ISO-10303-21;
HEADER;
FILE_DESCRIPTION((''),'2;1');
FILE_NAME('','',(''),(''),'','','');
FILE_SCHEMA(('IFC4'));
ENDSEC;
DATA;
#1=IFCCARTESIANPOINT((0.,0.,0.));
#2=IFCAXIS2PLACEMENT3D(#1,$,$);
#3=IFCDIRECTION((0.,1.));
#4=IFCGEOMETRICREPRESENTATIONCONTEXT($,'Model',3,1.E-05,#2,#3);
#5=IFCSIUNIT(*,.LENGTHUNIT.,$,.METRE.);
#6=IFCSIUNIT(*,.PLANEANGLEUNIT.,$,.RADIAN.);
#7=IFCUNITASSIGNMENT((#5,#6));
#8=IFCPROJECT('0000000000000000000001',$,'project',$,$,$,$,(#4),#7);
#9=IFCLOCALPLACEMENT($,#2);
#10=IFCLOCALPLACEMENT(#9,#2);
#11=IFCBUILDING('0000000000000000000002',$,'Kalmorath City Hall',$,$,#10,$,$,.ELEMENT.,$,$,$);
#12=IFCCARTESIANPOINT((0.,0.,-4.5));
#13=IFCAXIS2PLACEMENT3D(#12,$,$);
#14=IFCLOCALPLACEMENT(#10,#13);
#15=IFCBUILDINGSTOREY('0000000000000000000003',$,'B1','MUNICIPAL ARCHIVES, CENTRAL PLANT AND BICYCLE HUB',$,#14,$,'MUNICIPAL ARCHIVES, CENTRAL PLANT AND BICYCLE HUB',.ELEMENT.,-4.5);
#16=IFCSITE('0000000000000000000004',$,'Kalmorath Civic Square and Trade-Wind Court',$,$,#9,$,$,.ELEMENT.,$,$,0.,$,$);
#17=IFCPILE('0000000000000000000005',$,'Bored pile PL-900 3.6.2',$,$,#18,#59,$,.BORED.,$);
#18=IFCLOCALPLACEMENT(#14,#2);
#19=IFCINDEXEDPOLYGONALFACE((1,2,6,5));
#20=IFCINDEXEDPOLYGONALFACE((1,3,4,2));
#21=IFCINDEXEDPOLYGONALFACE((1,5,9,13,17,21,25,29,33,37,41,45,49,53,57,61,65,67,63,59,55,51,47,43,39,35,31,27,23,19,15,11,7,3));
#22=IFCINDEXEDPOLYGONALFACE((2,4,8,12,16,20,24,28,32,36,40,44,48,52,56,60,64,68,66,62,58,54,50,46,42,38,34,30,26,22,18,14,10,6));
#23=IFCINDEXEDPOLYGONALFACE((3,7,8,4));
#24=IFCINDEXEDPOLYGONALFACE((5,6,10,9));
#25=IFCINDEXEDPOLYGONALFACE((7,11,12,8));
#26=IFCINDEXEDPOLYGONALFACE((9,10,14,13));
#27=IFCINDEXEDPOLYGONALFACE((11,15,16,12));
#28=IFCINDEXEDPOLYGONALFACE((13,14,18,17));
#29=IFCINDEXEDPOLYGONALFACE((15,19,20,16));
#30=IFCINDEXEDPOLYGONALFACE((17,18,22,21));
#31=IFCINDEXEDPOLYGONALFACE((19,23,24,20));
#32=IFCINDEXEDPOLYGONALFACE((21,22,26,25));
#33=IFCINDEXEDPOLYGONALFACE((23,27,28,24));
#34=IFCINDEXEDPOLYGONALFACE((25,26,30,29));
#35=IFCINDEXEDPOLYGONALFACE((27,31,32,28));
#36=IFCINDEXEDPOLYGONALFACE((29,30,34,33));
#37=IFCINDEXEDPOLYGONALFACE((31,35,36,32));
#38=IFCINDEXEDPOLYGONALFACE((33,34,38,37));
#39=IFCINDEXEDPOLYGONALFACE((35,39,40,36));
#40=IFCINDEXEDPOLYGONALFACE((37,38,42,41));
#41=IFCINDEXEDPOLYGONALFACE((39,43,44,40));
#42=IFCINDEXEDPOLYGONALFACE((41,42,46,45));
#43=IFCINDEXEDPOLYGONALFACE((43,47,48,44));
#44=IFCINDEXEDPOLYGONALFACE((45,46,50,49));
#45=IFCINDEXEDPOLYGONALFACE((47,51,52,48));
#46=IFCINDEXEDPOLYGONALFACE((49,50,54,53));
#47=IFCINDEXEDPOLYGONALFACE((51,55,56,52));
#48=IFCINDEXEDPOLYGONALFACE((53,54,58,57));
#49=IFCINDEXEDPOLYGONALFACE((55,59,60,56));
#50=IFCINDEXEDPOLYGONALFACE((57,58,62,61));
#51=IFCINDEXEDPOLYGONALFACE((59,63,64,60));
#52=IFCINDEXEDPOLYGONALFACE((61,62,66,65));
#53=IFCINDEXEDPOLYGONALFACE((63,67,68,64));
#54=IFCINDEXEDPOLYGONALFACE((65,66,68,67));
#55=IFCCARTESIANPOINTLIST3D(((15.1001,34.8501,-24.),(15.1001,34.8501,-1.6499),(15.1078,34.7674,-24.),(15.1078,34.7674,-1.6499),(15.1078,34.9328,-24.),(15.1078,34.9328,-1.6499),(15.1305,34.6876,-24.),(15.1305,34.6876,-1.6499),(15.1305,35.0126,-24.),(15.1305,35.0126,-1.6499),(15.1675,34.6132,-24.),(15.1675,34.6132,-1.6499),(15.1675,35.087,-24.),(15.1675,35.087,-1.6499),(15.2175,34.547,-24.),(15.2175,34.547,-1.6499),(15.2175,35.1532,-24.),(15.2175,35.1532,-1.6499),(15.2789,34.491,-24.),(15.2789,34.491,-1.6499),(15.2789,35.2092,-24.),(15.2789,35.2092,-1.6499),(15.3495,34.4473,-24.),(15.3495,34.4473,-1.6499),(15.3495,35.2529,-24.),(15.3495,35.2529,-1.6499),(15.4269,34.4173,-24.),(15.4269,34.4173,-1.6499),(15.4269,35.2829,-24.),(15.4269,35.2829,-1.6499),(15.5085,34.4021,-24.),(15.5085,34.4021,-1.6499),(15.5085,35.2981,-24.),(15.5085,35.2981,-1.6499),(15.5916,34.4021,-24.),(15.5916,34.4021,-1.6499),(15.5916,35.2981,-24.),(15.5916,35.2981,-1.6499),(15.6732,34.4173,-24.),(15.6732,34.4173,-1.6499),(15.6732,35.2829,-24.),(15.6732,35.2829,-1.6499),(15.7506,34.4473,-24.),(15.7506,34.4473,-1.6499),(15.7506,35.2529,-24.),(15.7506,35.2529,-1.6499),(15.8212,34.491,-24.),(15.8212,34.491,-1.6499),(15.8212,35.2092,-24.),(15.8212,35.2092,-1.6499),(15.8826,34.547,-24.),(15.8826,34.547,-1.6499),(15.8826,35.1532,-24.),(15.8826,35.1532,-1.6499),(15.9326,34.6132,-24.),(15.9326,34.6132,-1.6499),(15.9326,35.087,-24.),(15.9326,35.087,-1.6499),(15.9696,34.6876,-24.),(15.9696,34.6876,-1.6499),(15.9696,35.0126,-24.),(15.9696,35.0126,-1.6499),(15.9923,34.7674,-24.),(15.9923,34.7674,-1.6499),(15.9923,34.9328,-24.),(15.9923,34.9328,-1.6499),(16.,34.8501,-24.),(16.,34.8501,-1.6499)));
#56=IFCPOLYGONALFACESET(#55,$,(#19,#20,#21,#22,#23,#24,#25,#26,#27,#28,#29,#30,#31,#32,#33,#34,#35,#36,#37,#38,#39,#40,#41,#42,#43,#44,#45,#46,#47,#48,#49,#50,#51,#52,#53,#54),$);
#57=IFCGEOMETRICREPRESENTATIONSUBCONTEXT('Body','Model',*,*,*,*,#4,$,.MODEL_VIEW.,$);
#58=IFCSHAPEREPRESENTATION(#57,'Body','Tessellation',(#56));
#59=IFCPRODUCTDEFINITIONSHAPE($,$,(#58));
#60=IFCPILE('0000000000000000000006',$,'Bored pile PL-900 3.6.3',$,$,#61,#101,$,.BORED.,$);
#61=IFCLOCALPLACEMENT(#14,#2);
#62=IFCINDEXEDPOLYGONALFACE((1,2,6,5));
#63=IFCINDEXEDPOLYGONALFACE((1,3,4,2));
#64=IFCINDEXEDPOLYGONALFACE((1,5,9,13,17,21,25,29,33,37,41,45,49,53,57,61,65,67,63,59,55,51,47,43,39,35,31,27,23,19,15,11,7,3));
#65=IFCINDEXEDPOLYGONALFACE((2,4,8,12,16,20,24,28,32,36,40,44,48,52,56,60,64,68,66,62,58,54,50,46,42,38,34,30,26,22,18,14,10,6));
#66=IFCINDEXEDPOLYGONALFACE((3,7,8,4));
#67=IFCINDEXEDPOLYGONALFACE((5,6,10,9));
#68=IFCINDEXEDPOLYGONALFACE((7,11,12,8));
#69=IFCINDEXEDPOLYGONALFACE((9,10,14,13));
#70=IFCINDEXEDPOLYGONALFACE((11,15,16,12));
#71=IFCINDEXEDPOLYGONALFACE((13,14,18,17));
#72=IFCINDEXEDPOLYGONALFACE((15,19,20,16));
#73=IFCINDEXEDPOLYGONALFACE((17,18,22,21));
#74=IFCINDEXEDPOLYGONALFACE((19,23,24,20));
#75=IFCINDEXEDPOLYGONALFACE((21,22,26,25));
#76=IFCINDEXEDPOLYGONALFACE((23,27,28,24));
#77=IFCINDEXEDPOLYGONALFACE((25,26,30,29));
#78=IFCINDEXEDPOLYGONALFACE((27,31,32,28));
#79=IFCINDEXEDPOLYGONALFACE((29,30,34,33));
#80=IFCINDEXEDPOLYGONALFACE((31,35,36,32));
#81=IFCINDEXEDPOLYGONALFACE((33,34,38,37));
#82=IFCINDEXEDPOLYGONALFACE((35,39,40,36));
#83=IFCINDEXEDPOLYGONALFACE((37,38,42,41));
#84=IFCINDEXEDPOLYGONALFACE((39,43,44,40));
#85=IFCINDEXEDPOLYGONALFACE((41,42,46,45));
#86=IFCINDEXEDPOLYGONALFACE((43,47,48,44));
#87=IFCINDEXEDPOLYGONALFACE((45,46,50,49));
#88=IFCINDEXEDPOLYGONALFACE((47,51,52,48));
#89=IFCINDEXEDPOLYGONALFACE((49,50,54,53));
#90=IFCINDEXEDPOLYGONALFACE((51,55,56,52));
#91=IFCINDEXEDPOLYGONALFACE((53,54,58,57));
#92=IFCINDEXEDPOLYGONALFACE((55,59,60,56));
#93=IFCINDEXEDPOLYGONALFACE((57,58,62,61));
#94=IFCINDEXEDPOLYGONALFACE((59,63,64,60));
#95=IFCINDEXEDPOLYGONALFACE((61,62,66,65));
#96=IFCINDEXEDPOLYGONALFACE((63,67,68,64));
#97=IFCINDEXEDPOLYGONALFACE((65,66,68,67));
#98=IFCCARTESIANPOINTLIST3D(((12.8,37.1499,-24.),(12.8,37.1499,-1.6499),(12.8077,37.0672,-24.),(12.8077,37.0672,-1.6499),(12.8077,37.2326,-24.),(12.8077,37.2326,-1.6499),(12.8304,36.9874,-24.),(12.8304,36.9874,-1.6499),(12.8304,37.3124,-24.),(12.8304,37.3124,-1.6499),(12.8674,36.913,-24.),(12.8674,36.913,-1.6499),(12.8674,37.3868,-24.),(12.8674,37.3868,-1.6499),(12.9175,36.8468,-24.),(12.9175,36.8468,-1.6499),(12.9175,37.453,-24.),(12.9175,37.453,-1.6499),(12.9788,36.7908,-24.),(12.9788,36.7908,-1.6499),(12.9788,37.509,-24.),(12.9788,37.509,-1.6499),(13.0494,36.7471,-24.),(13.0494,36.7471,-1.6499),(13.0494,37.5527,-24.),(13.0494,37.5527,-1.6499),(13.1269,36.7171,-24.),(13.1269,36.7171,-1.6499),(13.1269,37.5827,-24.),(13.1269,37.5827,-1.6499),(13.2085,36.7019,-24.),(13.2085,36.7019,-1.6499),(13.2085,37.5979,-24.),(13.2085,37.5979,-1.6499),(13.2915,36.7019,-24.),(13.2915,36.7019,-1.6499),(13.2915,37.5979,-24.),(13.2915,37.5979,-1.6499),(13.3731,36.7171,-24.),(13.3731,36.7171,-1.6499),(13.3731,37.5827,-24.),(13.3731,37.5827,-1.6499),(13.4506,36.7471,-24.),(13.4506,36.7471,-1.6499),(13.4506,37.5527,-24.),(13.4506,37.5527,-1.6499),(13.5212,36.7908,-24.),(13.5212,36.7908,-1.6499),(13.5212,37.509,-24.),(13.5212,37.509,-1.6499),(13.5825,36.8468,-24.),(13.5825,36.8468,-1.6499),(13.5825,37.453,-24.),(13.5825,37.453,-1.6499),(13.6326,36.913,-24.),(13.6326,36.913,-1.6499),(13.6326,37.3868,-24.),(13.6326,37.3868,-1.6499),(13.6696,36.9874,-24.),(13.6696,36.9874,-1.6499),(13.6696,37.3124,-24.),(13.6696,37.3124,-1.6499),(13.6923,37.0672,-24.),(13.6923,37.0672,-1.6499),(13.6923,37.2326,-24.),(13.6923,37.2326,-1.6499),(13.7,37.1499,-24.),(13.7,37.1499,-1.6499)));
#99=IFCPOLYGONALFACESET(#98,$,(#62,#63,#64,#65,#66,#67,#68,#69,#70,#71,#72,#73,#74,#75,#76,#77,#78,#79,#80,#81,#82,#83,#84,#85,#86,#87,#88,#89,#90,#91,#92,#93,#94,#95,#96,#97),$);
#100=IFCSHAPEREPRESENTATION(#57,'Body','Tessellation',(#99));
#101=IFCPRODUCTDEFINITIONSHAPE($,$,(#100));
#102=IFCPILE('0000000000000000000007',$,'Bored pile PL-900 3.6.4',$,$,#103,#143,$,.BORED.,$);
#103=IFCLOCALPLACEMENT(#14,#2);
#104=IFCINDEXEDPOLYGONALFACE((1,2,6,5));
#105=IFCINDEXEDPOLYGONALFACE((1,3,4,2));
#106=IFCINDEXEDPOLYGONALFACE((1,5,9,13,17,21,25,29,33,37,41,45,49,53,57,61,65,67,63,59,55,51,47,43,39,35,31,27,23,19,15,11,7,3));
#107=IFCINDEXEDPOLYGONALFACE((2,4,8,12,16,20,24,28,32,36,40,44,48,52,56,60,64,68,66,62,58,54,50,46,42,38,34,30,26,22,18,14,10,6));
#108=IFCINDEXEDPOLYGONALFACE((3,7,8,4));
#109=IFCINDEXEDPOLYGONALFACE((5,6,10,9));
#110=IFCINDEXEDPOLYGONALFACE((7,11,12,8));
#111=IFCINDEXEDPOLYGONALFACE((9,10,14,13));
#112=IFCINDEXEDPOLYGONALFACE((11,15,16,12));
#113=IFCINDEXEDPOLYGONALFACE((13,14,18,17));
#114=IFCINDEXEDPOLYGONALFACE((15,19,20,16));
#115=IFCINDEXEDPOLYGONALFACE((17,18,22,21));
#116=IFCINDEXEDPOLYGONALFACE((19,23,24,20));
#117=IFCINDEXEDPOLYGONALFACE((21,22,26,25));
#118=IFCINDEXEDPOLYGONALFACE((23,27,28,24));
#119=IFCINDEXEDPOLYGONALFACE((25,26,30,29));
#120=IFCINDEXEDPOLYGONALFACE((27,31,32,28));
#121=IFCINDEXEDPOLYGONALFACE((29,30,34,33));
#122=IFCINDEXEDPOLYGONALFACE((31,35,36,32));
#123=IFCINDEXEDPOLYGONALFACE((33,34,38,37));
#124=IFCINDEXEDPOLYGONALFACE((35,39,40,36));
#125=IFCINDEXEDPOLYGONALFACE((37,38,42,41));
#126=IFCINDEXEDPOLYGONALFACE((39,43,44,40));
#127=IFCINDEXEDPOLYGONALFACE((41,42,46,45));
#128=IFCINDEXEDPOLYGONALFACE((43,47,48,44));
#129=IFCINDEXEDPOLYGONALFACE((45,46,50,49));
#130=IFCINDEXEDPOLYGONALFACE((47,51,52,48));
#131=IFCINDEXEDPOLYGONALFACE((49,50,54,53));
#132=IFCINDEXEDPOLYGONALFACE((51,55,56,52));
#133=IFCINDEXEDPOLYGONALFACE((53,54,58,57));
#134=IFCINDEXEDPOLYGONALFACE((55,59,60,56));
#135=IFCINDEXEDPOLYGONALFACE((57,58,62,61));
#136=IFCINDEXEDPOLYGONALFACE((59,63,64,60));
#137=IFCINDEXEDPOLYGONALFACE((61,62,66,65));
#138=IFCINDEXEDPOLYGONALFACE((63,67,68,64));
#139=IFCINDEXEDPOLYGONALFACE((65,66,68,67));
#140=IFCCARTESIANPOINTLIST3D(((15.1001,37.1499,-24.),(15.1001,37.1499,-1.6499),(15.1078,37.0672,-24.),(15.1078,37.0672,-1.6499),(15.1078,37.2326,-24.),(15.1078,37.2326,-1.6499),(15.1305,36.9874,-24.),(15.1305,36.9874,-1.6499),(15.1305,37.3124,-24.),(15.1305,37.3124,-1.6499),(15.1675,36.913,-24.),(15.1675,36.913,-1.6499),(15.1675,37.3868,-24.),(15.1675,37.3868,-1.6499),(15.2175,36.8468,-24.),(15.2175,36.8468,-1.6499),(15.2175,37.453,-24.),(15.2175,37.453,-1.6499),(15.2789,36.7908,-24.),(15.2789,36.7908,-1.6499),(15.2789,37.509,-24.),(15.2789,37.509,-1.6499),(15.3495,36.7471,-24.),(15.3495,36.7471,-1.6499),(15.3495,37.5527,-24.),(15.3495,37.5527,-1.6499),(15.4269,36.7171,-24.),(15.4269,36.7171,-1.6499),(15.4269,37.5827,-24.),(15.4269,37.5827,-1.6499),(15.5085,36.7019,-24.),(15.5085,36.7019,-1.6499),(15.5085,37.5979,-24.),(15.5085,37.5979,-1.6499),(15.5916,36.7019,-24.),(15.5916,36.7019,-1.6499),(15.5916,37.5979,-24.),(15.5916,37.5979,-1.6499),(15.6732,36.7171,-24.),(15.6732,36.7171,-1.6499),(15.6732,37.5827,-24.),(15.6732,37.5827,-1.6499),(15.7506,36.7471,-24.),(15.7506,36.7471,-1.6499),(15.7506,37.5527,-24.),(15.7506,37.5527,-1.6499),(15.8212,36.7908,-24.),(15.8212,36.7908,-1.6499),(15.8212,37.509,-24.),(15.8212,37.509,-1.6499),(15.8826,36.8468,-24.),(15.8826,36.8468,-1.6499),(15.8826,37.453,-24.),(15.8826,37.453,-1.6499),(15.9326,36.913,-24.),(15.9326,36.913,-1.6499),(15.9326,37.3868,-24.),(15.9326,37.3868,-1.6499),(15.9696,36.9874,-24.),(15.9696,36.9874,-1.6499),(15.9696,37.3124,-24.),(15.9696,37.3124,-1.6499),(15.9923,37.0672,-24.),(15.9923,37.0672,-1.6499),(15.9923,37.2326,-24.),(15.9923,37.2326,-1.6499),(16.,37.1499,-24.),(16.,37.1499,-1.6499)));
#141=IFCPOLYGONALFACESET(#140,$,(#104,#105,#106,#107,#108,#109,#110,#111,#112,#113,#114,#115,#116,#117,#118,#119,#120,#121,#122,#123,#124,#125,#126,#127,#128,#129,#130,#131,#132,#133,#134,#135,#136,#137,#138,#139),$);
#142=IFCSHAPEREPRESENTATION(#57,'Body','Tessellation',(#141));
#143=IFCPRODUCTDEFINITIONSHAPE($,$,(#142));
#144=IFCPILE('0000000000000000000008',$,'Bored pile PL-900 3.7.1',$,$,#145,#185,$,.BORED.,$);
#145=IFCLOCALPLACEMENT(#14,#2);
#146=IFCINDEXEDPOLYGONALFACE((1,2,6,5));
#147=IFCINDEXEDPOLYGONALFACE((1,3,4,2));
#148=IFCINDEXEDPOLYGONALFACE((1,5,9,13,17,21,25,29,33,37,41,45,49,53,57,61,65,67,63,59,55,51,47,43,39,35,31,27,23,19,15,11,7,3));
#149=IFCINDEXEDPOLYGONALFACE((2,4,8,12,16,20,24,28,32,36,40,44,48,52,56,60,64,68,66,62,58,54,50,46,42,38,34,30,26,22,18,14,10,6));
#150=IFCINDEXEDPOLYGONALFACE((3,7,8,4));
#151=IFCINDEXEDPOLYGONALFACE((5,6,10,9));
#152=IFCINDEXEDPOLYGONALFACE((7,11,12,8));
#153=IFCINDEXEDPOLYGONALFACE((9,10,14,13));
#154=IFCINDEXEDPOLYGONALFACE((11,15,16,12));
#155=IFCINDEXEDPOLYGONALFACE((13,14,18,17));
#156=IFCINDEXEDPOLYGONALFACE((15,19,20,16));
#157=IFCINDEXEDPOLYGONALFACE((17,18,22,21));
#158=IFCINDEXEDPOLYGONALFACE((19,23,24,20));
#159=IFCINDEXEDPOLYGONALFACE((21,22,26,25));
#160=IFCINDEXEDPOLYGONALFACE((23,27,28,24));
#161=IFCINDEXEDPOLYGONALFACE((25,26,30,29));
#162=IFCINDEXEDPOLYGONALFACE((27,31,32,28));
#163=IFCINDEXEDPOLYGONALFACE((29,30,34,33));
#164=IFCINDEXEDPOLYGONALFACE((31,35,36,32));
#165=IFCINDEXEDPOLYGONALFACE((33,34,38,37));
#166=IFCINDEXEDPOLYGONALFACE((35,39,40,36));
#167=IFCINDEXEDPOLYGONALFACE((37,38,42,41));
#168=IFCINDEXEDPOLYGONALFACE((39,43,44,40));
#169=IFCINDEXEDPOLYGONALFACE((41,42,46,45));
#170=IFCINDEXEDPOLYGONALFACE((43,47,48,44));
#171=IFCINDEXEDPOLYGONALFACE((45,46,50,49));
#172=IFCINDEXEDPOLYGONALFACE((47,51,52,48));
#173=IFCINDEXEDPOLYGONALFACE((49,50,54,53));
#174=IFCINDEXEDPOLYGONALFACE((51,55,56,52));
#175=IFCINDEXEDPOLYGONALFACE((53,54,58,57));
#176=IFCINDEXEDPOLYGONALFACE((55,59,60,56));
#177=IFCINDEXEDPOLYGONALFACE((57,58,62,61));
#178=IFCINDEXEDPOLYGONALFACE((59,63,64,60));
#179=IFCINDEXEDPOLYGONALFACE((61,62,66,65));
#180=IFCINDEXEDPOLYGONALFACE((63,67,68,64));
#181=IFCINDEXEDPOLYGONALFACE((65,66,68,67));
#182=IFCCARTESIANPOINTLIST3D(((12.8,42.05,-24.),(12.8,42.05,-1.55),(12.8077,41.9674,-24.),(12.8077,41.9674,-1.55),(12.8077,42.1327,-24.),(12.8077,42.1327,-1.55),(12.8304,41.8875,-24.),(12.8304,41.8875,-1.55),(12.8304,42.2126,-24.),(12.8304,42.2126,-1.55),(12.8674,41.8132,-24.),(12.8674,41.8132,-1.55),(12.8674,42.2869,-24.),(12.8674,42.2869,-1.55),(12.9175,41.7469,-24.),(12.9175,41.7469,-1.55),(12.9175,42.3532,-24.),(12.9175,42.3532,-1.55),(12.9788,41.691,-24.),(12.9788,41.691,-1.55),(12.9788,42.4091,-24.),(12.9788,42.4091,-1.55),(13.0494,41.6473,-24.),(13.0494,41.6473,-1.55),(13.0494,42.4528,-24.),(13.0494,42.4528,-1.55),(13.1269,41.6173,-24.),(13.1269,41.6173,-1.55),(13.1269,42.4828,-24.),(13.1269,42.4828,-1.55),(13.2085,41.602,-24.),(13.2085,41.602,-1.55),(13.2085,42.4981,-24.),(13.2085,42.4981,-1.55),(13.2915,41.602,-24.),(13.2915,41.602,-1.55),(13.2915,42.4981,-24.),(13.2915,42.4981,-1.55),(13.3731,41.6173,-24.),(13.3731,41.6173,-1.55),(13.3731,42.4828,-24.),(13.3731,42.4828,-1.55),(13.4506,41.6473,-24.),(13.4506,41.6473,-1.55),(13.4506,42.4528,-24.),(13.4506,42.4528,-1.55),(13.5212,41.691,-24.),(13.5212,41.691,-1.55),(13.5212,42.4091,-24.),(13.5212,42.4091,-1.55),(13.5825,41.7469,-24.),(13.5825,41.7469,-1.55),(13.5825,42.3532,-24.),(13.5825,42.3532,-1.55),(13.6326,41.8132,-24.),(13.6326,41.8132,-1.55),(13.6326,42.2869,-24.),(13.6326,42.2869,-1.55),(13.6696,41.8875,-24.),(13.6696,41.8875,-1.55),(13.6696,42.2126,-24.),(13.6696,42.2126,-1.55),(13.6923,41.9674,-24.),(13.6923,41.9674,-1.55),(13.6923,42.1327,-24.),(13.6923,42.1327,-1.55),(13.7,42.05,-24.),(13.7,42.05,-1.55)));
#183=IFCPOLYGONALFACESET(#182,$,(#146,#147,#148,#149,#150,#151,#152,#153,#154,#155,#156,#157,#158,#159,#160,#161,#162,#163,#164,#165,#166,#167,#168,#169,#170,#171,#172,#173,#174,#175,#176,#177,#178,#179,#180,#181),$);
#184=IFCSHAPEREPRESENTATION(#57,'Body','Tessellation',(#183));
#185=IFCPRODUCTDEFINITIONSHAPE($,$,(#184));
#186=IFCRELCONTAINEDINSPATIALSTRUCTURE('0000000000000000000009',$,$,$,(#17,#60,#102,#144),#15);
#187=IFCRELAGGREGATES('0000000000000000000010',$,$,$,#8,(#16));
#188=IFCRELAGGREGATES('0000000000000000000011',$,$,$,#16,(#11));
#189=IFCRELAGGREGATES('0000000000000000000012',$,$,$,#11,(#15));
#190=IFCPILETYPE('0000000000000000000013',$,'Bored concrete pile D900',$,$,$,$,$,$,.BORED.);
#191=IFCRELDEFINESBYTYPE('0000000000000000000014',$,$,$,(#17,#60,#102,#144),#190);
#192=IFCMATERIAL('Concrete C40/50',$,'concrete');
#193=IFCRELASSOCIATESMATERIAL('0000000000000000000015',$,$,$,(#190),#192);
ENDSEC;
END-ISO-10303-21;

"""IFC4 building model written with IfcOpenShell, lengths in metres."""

from ifc_helpers import new_model, si_unit, direction, frame, origin, origin_2d, place, context, subcontext, project, spatial, circle, extrude, material, material_profile, profile_set, type_object, element, save


model = new_model("IFC4")

# Units and contexts
model_context = context("Model", 3, precision=1e-05, world=origin(), true_north=direction((0.0, 1.0)))
body_context = subcontext(model_context, "Body", "Model", "MODEL_VIEW")
ifc_project = project(units=[si_unit("LENGTHUNIT", "METRE"), si_unit("PLANEANGLEUNIT", "RADIAN")], contexts=[model_context])

# Site, building, storey
site_placement = place(None, origin())
site = spatial("IfcSite", under=ifc_project, at=site_placement, Name="Kalmorath Civic Square and Trade-Wind Court", CompositionType="ELEMENT", RefElevation=0.0)
building_placement = place(site_placement, origin())
building = spatial("IfcBuilding", under=site, at=building_placement, Name="Kalmorath City Hall", CompositionType="ELEMENT")
storey_placement = place(building_placement, frame((0.0, 0.0, -4.5)))
storey = spatial("IfcBuildingStorey", under=building, at=storey_placement, Name="B1", Description="MUNICIPAL ARCHIVES, CENTRAL PLANT AND BICYCLE HUB", LongName="MUNICIPAL ARCHIVES, CENTRAL PLANT AND BICYCLE HUB", CompositionType="ELEMENT", Elevation=-4.5)

# Piles
ifc_material_1 = material(Name="Concrete C40/50", Category="concrete")
ifc_material_profile_1 = material_profile(ifc_material_1, circle(Radius=0.45, at=origin_2d()), Name="PILE-D900")
ifc_profile_set_1 = profile_set([ifc_material_profile_1], Name="Concrete C40/50")
pile_type_1 = type_object("IfcPileType", Name="Bored concrete pile D900", PredefinedType="BORED", material=ifc_profile_set_1)
for number, where, z_axis, x_axis, name in (
    (1, (15.55, 34.8501, -1.6499), (0.0, 0.0, -1.0), (1.0, 0.0, 0.0), "Bored pile PL-900 3.6.2"),
    (2, (13.25, 37.1499, -1.6499), (0.0, 0.0, -1.0), (1.0, 0.0, 0.0), "Bored pile PL-900 3.6.3"),
    (3, (15.55, 37.1499, -1.6499), (0.0, 0.0, -1.0), (1.0, 0.0, 0.0), "Bored pile PL-900 3.6.4"),
):
    element("IfcPile", number, at=place(storey_placement, frame(where, z_axis=z_axis, x_axis=x_axis)), inside=storey, type_object=pile_type_1, Name=name, PredefinedType="BORED", context=body_context, shape_type="SweptSolid", body=[
        extrude(circle(Radius=0.45, at=origin_2d()), origin(), (0.0, 0.0, 1.0), 22.3501),
    ])
for number, where, z_axis, x_axis, name in (
    (4, (13.25, 42.05, -1.55), (0.0, 0.0, -1.0), (1.0, 0.0, 0.0), "Bored pile PL-900 3.7.1"),
):
    element("IfcPile", number, at=place(storey_placement, frame(where, z_axis=z_axis, x_axis=x_axis)), inside=storey, type_object=pile_type_1, Name=name, PredefinedType="BORED", context=body_context, shape_type="SweptSolid", body=[
        extrude(circle(Radius=0.45, at=origin_2d()), origin(), (0.0, 0.0, 1.0), 22.45),
    ])

save(model, "model.ifc")
